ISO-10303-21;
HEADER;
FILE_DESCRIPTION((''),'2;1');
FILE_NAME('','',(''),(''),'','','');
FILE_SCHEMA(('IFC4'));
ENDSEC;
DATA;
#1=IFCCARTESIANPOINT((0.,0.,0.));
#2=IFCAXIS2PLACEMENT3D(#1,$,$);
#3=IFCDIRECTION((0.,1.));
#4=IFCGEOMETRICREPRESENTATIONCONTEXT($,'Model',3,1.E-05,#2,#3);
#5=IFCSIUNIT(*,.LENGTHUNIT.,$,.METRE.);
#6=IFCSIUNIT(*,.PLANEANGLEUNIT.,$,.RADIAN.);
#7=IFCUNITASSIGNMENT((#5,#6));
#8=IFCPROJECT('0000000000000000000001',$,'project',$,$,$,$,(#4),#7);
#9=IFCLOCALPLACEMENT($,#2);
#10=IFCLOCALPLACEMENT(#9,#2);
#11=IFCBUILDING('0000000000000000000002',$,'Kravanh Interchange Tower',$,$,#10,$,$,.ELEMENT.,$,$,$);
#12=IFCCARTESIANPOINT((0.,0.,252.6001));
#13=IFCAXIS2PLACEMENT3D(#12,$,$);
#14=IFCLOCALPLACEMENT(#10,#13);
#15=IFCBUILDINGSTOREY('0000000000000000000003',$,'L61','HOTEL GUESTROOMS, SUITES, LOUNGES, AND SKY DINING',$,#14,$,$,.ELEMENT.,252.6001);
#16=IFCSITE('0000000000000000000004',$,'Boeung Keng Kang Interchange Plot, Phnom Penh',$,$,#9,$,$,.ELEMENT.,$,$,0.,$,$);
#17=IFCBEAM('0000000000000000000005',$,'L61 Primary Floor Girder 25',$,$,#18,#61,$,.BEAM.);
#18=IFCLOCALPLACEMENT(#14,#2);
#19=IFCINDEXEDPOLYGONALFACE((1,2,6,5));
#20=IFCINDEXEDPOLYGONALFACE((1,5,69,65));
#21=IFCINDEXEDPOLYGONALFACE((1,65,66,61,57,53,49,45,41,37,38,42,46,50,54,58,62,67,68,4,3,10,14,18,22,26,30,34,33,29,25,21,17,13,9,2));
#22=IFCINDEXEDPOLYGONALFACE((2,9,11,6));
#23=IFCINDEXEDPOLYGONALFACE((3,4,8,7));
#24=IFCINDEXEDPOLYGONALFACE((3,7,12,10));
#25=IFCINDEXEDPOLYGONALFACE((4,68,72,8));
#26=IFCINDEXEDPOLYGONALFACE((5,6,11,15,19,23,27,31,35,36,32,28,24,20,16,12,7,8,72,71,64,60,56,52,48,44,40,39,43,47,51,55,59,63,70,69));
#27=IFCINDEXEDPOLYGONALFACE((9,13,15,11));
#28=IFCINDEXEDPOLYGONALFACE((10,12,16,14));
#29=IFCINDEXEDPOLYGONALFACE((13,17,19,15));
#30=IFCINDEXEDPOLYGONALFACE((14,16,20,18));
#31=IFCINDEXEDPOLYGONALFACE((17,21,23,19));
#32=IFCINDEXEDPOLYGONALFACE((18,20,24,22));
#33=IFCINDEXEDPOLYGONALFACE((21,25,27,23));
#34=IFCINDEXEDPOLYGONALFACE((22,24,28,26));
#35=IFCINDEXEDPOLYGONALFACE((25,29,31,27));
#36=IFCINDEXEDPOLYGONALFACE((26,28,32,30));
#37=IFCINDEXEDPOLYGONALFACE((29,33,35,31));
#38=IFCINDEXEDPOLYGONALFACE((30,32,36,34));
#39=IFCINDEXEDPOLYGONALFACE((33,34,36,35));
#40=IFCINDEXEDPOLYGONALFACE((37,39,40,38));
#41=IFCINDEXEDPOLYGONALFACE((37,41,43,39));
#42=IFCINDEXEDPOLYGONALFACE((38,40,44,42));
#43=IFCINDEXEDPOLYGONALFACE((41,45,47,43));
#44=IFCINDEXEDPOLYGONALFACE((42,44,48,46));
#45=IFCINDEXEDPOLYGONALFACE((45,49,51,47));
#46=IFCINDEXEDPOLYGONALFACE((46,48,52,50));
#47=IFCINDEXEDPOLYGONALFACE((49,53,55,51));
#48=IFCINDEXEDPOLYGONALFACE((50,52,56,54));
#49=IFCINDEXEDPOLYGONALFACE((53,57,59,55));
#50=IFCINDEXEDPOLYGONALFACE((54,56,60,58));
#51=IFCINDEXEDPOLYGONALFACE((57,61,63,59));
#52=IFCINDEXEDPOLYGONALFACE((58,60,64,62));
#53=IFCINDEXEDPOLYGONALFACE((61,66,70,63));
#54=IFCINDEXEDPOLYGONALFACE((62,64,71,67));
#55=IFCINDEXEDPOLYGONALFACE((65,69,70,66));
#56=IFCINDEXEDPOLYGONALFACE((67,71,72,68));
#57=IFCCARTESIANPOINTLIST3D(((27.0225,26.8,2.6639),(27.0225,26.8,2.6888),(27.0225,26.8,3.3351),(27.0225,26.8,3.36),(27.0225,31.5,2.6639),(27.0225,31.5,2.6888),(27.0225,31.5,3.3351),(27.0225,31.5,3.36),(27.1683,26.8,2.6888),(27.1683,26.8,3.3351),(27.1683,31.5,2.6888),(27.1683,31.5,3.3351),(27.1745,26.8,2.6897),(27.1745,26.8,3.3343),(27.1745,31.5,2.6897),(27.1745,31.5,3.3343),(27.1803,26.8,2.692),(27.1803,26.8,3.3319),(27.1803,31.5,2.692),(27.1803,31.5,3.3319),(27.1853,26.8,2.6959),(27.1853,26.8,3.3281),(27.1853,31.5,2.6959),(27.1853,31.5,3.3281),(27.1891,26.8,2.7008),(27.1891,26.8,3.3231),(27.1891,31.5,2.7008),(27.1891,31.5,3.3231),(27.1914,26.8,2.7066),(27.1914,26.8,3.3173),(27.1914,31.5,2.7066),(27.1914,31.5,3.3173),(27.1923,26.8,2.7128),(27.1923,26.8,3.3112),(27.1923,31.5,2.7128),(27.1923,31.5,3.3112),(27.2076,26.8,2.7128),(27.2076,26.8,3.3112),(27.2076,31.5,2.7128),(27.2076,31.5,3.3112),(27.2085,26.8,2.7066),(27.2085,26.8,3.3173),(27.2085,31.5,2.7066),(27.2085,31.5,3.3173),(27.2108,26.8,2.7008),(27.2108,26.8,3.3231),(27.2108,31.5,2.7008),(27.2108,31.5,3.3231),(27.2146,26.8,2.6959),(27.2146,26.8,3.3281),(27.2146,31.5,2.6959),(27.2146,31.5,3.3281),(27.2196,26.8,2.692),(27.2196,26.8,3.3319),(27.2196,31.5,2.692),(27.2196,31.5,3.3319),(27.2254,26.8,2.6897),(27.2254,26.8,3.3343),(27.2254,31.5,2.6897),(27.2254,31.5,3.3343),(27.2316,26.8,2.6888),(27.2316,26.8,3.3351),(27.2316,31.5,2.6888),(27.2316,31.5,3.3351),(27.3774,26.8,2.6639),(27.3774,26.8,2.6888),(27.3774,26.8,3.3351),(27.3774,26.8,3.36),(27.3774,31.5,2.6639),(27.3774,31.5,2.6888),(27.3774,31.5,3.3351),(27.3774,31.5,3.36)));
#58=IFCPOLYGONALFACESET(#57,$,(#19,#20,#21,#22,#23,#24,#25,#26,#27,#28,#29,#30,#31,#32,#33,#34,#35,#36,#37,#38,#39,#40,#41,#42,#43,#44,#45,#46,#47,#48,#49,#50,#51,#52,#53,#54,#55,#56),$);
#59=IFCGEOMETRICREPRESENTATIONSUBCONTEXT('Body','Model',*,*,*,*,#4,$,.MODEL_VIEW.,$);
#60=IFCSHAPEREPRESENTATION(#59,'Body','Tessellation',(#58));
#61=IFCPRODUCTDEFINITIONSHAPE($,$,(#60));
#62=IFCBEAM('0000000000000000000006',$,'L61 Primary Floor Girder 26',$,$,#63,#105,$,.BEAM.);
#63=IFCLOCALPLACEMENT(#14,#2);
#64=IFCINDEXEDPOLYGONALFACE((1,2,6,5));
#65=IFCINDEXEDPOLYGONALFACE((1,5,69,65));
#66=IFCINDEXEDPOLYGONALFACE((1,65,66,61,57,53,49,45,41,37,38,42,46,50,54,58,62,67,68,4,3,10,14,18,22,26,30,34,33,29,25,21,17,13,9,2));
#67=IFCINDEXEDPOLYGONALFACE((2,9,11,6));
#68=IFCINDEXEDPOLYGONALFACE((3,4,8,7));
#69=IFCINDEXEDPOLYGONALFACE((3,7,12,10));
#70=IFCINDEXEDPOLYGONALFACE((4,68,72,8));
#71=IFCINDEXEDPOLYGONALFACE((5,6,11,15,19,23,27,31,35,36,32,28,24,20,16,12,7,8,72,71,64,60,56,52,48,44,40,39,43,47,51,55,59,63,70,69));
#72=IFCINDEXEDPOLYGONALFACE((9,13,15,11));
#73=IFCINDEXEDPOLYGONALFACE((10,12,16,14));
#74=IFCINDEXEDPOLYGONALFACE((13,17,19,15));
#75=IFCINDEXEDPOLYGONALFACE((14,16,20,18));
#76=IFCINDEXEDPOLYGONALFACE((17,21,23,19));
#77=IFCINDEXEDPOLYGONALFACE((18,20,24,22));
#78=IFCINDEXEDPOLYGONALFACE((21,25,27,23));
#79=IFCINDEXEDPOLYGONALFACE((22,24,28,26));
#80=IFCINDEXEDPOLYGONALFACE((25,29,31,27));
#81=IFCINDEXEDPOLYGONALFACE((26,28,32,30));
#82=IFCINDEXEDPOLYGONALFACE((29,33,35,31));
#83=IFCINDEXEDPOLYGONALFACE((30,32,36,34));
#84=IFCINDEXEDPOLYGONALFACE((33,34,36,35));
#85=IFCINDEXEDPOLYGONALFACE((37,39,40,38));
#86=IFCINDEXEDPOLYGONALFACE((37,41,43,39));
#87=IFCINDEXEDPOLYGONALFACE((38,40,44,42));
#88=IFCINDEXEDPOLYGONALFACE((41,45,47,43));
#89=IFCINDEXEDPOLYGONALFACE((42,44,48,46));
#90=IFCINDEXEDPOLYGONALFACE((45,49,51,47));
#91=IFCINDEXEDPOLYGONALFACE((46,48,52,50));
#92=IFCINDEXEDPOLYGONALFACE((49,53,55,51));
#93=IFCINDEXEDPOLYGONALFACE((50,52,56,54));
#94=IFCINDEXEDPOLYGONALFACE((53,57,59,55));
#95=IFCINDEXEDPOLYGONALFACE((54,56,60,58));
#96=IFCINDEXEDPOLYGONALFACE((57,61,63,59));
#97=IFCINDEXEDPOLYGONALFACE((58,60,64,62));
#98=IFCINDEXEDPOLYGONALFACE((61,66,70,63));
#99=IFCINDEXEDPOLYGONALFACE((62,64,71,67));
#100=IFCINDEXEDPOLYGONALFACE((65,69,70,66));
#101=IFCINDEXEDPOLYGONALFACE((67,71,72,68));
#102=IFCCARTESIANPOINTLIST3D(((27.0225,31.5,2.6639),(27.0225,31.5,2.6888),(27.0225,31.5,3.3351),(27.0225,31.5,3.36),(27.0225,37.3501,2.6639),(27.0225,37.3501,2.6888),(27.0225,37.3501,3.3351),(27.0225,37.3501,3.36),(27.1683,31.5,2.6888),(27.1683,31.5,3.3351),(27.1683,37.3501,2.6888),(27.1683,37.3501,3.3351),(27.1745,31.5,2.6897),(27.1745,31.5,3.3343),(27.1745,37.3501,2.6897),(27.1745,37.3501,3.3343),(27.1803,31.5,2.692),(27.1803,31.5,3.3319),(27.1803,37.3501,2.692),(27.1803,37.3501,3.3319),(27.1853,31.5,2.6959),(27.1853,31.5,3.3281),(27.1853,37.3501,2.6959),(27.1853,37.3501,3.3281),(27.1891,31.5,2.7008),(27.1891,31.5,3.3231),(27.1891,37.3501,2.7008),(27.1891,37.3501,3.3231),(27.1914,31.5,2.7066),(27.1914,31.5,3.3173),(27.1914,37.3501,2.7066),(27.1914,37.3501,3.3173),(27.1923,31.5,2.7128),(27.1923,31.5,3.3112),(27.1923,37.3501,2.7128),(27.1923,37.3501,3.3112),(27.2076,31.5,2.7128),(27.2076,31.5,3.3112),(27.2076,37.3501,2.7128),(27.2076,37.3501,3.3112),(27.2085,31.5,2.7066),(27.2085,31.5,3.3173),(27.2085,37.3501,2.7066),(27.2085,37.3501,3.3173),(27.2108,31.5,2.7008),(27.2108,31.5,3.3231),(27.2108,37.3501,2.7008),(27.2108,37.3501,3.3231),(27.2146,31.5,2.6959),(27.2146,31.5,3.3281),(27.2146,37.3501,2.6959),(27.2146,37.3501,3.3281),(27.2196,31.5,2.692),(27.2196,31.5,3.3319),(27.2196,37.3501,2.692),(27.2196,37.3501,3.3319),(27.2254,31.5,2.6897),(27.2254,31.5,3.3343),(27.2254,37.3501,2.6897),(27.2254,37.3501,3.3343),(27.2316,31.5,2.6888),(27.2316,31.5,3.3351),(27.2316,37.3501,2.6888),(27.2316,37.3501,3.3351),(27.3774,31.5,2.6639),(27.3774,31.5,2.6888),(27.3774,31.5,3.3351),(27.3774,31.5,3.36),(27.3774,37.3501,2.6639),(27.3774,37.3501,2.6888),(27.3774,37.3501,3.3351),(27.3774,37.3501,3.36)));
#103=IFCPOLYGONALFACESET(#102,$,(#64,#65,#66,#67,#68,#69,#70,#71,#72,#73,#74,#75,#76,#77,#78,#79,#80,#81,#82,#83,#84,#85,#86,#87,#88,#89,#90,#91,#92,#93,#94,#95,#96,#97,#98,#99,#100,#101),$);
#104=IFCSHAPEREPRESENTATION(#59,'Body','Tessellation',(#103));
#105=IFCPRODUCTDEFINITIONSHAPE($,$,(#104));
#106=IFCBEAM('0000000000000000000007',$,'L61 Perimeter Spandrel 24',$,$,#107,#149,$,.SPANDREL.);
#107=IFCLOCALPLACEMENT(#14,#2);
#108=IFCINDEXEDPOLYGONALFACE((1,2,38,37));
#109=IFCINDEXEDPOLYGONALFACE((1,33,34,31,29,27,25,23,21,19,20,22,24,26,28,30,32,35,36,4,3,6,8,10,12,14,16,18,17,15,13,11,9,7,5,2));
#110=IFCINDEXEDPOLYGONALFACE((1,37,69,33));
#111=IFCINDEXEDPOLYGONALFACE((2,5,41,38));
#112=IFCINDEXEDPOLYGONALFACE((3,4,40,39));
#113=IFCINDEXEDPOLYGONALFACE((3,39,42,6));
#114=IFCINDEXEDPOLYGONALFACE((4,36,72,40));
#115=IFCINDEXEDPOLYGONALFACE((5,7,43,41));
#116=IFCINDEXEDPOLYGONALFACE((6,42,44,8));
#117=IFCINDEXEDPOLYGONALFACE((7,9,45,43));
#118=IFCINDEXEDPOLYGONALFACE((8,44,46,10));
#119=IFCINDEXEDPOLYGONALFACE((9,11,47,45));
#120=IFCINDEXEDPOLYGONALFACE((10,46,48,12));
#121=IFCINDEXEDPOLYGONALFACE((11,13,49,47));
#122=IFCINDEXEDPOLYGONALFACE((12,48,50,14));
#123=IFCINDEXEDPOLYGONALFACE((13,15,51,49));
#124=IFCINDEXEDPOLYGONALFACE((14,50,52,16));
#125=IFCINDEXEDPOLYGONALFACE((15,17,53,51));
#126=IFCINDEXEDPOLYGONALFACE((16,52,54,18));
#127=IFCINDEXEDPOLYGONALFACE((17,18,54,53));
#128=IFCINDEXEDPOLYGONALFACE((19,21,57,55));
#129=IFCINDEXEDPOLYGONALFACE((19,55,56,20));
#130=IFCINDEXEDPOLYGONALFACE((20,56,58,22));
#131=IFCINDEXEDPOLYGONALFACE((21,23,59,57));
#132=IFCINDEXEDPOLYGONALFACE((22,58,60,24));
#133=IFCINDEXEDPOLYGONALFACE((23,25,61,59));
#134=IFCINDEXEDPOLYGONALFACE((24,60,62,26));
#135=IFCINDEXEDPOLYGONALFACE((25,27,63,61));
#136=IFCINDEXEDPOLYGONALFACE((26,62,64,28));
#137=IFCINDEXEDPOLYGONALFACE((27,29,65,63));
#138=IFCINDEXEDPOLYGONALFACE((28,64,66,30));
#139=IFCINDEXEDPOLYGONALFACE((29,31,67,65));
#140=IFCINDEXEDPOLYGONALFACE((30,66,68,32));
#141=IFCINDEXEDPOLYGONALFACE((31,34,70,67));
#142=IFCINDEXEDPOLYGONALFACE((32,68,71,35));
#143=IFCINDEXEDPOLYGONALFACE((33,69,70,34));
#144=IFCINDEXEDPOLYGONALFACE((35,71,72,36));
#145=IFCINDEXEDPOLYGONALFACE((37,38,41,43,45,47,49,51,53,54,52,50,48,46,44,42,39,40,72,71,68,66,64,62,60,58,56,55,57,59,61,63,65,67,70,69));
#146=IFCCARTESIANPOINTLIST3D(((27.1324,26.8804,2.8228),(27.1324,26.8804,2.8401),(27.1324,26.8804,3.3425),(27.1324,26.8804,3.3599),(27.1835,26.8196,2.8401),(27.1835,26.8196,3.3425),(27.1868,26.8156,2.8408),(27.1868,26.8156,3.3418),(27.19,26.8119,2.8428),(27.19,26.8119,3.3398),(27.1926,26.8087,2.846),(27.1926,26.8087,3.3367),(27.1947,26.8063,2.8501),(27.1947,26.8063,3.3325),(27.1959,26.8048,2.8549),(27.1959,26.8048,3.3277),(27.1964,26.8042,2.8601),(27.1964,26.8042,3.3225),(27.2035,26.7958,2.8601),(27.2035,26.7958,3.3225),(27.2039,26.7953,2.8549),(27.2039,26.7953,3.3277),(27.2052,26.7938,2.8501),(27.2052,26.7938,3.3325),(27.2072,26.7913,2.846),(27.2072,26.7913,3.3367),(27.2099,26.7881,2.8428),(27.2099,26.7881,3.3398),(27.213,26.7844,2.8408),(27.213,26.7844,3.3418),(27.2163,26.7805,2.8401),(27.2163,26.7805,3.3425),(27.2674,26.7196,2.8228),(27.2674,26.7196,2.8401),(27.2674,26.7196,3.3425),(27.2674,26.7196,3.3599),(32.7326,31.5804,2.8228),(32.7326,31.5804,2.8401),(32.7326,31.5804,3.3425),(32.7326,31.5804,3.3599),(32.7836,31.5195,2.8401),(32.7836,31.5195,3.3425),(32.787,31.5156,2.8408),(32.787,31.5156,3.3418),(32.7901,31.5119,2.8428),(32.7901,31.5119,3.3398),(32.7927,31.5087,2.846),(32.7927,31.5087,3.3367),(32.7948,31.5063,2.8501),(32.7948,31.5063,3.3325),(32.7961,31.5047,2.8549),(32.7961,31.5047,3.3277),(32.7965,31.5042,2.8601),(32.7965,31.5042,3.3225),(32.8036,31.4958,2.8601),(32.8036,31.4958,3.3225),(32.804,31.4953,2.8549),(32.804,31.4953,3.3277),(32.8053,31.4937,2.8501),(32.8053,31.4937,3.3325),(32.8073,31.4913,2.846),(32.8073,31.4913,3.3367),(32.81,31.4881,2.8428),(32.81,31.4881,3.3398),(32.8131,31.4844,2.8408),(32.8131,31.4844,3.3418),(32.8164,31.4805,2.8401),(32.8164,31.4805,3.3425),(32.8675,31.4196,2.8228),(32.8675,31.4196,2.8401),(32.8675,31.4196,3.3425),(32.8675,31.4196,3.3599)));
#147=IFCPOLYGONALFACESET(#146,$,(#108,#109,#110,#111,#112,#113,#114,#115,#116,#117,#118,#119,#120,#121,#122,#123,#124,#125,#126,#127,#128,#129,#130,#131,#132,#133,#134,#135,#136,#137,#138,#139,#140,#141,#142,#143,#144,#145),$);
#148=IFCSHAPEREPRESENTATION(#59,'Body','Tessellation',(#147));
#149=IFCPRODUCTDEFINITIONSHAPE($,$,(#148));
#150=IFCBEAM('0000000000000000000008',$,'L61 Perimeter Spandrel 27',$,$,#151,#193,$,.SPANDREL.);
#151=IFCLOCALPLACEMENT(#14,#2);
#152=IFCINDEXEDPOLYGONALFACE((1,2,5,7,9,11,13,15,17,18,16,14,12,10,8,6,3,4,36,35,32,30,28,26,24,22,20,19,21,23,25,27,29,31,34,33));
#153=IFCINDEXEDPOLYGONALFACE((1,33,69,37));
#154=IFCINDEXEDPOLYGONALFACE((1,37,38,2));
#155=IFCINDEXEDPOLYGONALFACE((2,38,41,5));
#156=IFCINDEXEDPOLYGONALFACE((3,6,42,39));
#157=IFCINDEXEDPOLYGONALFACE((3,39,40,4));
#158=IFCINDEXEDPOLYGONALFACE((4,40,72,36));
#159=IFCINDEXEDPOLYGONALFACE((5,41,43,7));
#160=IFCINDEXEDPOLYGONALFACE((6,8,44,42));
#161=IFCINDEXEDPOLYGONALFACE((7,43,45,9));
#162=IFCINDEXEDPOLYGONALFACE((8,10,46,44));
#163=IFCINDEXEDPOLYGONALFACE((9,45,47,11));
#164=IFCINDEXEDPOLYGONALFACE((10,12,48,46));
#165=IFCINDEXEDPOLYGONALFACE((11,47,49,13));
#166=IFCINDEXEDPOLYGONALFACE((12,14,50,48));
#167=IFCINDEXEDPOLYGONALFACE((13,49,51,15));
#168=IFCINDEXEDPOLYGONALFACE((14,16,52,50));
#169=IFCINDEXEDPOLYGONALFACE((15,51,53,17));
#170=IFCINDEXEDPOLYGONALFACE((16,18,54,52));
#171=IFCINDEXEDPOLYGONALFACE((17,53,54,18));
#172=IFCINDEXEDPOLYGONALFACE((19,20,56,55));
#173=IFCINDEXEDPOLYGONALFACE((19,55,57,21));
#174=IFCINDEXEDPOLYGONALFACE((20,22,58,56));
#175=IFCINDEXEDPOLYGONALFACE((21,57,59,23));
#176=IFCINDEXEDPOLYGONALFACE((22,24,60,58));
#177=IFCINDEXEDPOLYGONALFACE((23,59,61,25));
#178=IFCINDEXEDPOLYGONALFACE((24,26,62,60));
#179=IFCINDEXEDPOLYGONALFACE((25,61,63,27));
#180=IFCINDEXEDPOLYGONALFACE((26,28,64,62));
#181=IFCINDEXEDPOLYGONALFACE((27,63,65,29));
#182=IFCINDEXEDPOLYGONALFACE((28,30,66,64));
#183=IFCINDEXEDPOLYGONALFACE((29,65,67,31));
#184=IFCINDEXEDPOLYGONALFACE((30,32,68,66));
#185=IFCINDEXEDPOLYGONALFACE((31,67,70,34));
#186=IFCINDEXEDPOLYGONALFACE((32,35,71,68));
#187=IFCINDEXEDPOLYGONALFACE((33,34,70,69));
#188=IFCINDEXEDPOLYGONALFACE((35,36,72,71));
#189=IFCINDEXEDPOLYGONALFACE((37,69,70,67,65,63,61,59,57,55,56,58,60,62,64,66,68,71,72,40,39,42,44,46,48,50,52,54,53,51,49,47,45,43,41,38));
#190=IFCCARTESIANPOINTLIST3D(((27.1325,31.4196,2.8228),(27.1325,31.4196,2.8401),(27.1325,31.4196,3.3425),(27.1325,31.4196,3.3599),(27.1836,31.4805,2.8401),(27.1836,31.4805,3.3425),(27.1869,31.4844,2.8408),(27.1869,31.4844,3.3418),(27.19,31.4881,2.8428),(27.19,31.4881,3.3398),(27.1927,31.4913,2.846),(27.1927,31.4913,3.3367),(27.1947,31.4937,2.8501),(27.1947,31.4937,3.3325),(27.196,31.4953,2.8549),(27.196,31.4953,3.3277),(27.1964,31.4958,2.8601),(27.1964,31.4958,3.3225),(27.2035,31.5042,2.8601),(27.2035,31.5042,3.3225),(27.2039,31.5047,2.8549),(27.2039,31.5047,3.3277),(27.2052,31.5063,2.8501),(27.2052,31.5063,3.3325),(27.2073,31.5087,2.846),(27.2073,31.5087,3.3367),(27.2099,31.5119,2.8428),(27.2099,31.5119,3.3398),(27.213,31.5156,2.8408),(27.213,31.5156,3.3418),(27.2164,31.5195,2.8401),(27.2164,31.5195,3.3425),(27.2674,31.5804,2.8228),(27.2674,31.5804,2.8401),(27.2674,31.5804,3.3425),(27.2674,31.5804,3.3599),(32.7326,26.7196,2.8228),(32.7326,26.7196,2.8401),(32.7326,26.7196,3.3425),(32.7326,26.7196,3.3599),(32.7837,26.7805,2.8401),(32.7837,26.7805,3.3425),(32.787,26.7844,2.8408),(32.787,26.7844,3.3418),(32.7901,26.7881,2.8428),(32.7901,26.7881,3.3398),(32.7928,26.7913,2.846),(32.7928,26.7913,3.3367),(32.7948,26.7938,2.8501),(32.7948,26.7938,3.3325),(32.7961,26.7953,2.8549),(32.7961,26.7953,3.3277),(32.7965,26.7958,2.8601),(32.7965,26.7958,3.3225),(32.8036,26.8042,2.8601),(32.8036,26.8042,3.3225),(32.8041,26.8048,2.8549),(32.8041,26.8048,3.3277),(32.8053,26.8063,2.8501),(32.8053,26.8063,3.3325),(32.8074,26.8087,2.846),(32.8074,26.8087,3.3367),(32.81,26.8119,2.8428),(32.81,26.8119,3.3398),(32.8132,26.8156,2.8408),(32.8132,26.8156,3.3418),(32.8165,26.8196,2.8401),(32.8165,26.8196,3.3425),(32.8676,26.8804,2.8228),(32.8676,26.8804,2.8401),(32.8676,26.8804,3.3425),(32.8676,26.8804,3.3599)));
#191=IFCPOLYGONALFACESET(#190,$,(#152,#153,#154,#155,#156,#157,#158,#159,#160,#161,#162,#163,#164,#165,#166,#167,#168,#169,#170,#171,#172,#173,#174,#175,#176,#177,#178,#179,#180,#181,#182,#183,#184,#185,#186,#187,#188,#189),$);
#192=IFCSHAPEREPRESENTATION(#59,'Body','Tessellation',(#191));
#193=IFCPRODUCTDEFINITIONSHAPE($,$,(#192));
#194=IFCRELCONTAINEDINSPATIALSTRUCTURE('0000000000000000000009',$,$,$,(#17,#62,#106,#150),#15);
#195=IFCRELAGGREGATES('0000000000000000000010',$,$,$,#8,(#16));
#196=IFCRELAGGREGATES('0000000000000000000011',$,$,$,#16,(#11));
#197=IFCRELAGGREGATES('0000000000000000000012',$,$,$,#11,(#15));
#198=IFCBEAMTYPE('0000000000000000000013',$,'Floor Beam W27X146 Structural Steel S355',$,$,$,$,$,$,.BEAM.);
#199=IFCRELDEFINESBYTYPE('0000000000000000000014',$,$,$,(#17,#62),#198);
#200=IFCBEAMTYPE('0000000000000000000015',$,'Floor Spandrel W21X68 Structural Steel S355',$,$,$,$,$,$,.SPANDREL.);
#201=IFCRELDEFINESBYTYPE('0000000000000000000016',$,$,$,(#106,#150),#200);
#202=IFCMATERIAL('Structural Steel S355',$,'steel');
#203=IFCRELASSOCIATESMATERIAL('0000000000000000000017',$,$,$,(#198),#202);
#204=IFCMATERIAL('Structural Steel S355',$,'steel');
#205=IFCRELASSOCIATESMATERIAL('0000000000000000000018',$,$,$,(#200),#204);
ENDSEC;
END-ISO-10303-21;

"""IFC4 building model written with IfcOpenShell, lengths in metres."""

from ifc_helpers import new_model, si_unit, direction, frame, origin, origin_2d, place, context, subcontext, project, spatial, i_section, extrude, material, material_profile, profile_set, type_object, element, save


model = new_model("IFC4")

# Units and contexts
model_context = context("Model", 3, precision=1e-05, world=origin(), true_north=direction((0.0, 1.0)))
body_context = subcontext(model_context, "Body", "Model", "MODEL_VIEW")
ifc_project = project(units=[si_unit("LENGTHUNIT", "METRE"), si_unit("PLANEANGLEUNIT", "RADIAN")], contexts=[model_context])

# Site, building, storey
site_placement = place(None, origin())
site = spatial("IfcSite", under=ifc_project, at=site_placement, Name="Boeung Keng Kang Interchange Plot, Phnom Penh", CompositionType="ELEMENT", RefElevation=0.0)
building_placement = place(site_placement, origin())
building = spatial("IfcBuilding", under=site, at=building_placement, Name="Kravanh Interchange Tower", CompositionType="ELEMENT")
storey_placement = place(building_placement, frame((0.0, 0.0, 252.6001)))
storey = spatial("IfcBuildingStorey", under=building, at=storey_placement, Name="L61", Description="HOTEL GUESTROOMS, SUITES, LOUNGES, AND SKY DINING", CompositionType="ELEMENT", Elevation=252.6001)

# Beams
ifc_material_1 = material(Name="Structural Steel S355", Category="steel")
ifc_material_profile_1 = material_profile(ifc_material_1, i_section(OverallWidth=0.355, OverallDepth=0.696, WebThickness=0.0154, FlangeThickness=0.0249, FilletRadius=0.0239, at=origin_2d()), Name="W27X146")
ifc_profile_set_1 = profile_set([ifc_material_profile_1], Name="Structural Steel S355")
beam_type_1 = type_object("IfcBeamType", Name="Floor Beam W27X146 Structural Steel S355", PredefinedType="BEAM", material=ifc_profile_set_1)
beam_1_placement = place(storey_placement, frame((27.2, 31.5, 3.012), z_axis=(0.0, -1.0, 0.0), x_axis=(1.0, 0.0, 0.0)))
element("IfcBeam", 1, at=beam_1_placement, inside=storey, type_object=beam_type_1, Name="L61 Primary Floor Girder 25", PredefinedType="BEAM", context=body_context, shape_type="SweptSolid", body=[
    extrude(i_section(OverallWidth=0.355, OverallDepth=0.696, WebThickness=0.0154, FlangeThickness=0.0249, FilletRadius=0.0239, at=origin_2d()), origin(), (0.0, 0.0, 1.0), 4.7),
])
beam_2_placement = place(storey_placement, frame((27.2, 31.5, 3.012), z_axis=(0.0, 1.0, 0.0), x_axis=(-1.0, 0.0, 0.0)))
element("IfcBeam", 2, at=beam_2_placement, inside=storey, type_object=beam_type_1, Name="L61 Primary Floor Girder 26", PredefinedType="BEAM", context=body_context, shape_type="SweptSolid", body=[
    extrude(i_section(OverallWidth=0.355, OverallDepth=0.696, WebThickness=0.0154, FlangeThickness=0.0249, FilletRadius=0.0239, at=origin_2d()), origin(), (0.0, 0.0, 1.0), 5.8501),
])
ifc_material_2 = material(Name="Structural Steel S355", Category="steel")
ifc_material_profile_2 = material_profile(ifc_material_2, i_section(OverallWidth=0.21, OverallDepth=0.5371, WebThickness=0.011, FlangeThickness=0.0173, FilletRadius=0.02, at=origin_2d()), Name="W21X68")
ifc_profile_set_2 = profile_set([ifc_material_profile_2], Name="Structural Steel S355")
beam_type_2 = type_object("IfcBeamType", Name="Floor Spandrel W21X68 Structural Steel S355", PredefinedType="SPANDREL", material=ifc_profile_set_2)
for number, where, z_axis, x_axis, name in (
    (3, (32.8, 31.5, 3.0913), (-0.765983, -0.642861, 0.0), (0.642861, -0.765983, 0.0), "L61 Perimeter Spandrel 24"),
    (4, (27.2, 31.5, 3.0913), (0.765983, -0.642861, 0.0), (0.642861, 0.765983, 0.0), "L61 Perimeter Spandrel 27"),
):
    element("IfcBeam", number, at=place(storey_placement, frame(where, z_axis=z_axis, x_axis=x_axis)), inside=storey, type_object=beam_type_2, Name=name, PredefinedType="SPANDREL", context=body_context, shape_type="SweptSolid", body=[
        extrude(i_section(OverallWidth=0.21, OverallDepth=0.5371, WebThickness=0.011, FlangeThickness=0.0173, FilletRadius=0.02, at=origin_2d()), origin(), (0.0, 0.0, 1.0), 7.311),
    ])

save(model, "model.ifc")
